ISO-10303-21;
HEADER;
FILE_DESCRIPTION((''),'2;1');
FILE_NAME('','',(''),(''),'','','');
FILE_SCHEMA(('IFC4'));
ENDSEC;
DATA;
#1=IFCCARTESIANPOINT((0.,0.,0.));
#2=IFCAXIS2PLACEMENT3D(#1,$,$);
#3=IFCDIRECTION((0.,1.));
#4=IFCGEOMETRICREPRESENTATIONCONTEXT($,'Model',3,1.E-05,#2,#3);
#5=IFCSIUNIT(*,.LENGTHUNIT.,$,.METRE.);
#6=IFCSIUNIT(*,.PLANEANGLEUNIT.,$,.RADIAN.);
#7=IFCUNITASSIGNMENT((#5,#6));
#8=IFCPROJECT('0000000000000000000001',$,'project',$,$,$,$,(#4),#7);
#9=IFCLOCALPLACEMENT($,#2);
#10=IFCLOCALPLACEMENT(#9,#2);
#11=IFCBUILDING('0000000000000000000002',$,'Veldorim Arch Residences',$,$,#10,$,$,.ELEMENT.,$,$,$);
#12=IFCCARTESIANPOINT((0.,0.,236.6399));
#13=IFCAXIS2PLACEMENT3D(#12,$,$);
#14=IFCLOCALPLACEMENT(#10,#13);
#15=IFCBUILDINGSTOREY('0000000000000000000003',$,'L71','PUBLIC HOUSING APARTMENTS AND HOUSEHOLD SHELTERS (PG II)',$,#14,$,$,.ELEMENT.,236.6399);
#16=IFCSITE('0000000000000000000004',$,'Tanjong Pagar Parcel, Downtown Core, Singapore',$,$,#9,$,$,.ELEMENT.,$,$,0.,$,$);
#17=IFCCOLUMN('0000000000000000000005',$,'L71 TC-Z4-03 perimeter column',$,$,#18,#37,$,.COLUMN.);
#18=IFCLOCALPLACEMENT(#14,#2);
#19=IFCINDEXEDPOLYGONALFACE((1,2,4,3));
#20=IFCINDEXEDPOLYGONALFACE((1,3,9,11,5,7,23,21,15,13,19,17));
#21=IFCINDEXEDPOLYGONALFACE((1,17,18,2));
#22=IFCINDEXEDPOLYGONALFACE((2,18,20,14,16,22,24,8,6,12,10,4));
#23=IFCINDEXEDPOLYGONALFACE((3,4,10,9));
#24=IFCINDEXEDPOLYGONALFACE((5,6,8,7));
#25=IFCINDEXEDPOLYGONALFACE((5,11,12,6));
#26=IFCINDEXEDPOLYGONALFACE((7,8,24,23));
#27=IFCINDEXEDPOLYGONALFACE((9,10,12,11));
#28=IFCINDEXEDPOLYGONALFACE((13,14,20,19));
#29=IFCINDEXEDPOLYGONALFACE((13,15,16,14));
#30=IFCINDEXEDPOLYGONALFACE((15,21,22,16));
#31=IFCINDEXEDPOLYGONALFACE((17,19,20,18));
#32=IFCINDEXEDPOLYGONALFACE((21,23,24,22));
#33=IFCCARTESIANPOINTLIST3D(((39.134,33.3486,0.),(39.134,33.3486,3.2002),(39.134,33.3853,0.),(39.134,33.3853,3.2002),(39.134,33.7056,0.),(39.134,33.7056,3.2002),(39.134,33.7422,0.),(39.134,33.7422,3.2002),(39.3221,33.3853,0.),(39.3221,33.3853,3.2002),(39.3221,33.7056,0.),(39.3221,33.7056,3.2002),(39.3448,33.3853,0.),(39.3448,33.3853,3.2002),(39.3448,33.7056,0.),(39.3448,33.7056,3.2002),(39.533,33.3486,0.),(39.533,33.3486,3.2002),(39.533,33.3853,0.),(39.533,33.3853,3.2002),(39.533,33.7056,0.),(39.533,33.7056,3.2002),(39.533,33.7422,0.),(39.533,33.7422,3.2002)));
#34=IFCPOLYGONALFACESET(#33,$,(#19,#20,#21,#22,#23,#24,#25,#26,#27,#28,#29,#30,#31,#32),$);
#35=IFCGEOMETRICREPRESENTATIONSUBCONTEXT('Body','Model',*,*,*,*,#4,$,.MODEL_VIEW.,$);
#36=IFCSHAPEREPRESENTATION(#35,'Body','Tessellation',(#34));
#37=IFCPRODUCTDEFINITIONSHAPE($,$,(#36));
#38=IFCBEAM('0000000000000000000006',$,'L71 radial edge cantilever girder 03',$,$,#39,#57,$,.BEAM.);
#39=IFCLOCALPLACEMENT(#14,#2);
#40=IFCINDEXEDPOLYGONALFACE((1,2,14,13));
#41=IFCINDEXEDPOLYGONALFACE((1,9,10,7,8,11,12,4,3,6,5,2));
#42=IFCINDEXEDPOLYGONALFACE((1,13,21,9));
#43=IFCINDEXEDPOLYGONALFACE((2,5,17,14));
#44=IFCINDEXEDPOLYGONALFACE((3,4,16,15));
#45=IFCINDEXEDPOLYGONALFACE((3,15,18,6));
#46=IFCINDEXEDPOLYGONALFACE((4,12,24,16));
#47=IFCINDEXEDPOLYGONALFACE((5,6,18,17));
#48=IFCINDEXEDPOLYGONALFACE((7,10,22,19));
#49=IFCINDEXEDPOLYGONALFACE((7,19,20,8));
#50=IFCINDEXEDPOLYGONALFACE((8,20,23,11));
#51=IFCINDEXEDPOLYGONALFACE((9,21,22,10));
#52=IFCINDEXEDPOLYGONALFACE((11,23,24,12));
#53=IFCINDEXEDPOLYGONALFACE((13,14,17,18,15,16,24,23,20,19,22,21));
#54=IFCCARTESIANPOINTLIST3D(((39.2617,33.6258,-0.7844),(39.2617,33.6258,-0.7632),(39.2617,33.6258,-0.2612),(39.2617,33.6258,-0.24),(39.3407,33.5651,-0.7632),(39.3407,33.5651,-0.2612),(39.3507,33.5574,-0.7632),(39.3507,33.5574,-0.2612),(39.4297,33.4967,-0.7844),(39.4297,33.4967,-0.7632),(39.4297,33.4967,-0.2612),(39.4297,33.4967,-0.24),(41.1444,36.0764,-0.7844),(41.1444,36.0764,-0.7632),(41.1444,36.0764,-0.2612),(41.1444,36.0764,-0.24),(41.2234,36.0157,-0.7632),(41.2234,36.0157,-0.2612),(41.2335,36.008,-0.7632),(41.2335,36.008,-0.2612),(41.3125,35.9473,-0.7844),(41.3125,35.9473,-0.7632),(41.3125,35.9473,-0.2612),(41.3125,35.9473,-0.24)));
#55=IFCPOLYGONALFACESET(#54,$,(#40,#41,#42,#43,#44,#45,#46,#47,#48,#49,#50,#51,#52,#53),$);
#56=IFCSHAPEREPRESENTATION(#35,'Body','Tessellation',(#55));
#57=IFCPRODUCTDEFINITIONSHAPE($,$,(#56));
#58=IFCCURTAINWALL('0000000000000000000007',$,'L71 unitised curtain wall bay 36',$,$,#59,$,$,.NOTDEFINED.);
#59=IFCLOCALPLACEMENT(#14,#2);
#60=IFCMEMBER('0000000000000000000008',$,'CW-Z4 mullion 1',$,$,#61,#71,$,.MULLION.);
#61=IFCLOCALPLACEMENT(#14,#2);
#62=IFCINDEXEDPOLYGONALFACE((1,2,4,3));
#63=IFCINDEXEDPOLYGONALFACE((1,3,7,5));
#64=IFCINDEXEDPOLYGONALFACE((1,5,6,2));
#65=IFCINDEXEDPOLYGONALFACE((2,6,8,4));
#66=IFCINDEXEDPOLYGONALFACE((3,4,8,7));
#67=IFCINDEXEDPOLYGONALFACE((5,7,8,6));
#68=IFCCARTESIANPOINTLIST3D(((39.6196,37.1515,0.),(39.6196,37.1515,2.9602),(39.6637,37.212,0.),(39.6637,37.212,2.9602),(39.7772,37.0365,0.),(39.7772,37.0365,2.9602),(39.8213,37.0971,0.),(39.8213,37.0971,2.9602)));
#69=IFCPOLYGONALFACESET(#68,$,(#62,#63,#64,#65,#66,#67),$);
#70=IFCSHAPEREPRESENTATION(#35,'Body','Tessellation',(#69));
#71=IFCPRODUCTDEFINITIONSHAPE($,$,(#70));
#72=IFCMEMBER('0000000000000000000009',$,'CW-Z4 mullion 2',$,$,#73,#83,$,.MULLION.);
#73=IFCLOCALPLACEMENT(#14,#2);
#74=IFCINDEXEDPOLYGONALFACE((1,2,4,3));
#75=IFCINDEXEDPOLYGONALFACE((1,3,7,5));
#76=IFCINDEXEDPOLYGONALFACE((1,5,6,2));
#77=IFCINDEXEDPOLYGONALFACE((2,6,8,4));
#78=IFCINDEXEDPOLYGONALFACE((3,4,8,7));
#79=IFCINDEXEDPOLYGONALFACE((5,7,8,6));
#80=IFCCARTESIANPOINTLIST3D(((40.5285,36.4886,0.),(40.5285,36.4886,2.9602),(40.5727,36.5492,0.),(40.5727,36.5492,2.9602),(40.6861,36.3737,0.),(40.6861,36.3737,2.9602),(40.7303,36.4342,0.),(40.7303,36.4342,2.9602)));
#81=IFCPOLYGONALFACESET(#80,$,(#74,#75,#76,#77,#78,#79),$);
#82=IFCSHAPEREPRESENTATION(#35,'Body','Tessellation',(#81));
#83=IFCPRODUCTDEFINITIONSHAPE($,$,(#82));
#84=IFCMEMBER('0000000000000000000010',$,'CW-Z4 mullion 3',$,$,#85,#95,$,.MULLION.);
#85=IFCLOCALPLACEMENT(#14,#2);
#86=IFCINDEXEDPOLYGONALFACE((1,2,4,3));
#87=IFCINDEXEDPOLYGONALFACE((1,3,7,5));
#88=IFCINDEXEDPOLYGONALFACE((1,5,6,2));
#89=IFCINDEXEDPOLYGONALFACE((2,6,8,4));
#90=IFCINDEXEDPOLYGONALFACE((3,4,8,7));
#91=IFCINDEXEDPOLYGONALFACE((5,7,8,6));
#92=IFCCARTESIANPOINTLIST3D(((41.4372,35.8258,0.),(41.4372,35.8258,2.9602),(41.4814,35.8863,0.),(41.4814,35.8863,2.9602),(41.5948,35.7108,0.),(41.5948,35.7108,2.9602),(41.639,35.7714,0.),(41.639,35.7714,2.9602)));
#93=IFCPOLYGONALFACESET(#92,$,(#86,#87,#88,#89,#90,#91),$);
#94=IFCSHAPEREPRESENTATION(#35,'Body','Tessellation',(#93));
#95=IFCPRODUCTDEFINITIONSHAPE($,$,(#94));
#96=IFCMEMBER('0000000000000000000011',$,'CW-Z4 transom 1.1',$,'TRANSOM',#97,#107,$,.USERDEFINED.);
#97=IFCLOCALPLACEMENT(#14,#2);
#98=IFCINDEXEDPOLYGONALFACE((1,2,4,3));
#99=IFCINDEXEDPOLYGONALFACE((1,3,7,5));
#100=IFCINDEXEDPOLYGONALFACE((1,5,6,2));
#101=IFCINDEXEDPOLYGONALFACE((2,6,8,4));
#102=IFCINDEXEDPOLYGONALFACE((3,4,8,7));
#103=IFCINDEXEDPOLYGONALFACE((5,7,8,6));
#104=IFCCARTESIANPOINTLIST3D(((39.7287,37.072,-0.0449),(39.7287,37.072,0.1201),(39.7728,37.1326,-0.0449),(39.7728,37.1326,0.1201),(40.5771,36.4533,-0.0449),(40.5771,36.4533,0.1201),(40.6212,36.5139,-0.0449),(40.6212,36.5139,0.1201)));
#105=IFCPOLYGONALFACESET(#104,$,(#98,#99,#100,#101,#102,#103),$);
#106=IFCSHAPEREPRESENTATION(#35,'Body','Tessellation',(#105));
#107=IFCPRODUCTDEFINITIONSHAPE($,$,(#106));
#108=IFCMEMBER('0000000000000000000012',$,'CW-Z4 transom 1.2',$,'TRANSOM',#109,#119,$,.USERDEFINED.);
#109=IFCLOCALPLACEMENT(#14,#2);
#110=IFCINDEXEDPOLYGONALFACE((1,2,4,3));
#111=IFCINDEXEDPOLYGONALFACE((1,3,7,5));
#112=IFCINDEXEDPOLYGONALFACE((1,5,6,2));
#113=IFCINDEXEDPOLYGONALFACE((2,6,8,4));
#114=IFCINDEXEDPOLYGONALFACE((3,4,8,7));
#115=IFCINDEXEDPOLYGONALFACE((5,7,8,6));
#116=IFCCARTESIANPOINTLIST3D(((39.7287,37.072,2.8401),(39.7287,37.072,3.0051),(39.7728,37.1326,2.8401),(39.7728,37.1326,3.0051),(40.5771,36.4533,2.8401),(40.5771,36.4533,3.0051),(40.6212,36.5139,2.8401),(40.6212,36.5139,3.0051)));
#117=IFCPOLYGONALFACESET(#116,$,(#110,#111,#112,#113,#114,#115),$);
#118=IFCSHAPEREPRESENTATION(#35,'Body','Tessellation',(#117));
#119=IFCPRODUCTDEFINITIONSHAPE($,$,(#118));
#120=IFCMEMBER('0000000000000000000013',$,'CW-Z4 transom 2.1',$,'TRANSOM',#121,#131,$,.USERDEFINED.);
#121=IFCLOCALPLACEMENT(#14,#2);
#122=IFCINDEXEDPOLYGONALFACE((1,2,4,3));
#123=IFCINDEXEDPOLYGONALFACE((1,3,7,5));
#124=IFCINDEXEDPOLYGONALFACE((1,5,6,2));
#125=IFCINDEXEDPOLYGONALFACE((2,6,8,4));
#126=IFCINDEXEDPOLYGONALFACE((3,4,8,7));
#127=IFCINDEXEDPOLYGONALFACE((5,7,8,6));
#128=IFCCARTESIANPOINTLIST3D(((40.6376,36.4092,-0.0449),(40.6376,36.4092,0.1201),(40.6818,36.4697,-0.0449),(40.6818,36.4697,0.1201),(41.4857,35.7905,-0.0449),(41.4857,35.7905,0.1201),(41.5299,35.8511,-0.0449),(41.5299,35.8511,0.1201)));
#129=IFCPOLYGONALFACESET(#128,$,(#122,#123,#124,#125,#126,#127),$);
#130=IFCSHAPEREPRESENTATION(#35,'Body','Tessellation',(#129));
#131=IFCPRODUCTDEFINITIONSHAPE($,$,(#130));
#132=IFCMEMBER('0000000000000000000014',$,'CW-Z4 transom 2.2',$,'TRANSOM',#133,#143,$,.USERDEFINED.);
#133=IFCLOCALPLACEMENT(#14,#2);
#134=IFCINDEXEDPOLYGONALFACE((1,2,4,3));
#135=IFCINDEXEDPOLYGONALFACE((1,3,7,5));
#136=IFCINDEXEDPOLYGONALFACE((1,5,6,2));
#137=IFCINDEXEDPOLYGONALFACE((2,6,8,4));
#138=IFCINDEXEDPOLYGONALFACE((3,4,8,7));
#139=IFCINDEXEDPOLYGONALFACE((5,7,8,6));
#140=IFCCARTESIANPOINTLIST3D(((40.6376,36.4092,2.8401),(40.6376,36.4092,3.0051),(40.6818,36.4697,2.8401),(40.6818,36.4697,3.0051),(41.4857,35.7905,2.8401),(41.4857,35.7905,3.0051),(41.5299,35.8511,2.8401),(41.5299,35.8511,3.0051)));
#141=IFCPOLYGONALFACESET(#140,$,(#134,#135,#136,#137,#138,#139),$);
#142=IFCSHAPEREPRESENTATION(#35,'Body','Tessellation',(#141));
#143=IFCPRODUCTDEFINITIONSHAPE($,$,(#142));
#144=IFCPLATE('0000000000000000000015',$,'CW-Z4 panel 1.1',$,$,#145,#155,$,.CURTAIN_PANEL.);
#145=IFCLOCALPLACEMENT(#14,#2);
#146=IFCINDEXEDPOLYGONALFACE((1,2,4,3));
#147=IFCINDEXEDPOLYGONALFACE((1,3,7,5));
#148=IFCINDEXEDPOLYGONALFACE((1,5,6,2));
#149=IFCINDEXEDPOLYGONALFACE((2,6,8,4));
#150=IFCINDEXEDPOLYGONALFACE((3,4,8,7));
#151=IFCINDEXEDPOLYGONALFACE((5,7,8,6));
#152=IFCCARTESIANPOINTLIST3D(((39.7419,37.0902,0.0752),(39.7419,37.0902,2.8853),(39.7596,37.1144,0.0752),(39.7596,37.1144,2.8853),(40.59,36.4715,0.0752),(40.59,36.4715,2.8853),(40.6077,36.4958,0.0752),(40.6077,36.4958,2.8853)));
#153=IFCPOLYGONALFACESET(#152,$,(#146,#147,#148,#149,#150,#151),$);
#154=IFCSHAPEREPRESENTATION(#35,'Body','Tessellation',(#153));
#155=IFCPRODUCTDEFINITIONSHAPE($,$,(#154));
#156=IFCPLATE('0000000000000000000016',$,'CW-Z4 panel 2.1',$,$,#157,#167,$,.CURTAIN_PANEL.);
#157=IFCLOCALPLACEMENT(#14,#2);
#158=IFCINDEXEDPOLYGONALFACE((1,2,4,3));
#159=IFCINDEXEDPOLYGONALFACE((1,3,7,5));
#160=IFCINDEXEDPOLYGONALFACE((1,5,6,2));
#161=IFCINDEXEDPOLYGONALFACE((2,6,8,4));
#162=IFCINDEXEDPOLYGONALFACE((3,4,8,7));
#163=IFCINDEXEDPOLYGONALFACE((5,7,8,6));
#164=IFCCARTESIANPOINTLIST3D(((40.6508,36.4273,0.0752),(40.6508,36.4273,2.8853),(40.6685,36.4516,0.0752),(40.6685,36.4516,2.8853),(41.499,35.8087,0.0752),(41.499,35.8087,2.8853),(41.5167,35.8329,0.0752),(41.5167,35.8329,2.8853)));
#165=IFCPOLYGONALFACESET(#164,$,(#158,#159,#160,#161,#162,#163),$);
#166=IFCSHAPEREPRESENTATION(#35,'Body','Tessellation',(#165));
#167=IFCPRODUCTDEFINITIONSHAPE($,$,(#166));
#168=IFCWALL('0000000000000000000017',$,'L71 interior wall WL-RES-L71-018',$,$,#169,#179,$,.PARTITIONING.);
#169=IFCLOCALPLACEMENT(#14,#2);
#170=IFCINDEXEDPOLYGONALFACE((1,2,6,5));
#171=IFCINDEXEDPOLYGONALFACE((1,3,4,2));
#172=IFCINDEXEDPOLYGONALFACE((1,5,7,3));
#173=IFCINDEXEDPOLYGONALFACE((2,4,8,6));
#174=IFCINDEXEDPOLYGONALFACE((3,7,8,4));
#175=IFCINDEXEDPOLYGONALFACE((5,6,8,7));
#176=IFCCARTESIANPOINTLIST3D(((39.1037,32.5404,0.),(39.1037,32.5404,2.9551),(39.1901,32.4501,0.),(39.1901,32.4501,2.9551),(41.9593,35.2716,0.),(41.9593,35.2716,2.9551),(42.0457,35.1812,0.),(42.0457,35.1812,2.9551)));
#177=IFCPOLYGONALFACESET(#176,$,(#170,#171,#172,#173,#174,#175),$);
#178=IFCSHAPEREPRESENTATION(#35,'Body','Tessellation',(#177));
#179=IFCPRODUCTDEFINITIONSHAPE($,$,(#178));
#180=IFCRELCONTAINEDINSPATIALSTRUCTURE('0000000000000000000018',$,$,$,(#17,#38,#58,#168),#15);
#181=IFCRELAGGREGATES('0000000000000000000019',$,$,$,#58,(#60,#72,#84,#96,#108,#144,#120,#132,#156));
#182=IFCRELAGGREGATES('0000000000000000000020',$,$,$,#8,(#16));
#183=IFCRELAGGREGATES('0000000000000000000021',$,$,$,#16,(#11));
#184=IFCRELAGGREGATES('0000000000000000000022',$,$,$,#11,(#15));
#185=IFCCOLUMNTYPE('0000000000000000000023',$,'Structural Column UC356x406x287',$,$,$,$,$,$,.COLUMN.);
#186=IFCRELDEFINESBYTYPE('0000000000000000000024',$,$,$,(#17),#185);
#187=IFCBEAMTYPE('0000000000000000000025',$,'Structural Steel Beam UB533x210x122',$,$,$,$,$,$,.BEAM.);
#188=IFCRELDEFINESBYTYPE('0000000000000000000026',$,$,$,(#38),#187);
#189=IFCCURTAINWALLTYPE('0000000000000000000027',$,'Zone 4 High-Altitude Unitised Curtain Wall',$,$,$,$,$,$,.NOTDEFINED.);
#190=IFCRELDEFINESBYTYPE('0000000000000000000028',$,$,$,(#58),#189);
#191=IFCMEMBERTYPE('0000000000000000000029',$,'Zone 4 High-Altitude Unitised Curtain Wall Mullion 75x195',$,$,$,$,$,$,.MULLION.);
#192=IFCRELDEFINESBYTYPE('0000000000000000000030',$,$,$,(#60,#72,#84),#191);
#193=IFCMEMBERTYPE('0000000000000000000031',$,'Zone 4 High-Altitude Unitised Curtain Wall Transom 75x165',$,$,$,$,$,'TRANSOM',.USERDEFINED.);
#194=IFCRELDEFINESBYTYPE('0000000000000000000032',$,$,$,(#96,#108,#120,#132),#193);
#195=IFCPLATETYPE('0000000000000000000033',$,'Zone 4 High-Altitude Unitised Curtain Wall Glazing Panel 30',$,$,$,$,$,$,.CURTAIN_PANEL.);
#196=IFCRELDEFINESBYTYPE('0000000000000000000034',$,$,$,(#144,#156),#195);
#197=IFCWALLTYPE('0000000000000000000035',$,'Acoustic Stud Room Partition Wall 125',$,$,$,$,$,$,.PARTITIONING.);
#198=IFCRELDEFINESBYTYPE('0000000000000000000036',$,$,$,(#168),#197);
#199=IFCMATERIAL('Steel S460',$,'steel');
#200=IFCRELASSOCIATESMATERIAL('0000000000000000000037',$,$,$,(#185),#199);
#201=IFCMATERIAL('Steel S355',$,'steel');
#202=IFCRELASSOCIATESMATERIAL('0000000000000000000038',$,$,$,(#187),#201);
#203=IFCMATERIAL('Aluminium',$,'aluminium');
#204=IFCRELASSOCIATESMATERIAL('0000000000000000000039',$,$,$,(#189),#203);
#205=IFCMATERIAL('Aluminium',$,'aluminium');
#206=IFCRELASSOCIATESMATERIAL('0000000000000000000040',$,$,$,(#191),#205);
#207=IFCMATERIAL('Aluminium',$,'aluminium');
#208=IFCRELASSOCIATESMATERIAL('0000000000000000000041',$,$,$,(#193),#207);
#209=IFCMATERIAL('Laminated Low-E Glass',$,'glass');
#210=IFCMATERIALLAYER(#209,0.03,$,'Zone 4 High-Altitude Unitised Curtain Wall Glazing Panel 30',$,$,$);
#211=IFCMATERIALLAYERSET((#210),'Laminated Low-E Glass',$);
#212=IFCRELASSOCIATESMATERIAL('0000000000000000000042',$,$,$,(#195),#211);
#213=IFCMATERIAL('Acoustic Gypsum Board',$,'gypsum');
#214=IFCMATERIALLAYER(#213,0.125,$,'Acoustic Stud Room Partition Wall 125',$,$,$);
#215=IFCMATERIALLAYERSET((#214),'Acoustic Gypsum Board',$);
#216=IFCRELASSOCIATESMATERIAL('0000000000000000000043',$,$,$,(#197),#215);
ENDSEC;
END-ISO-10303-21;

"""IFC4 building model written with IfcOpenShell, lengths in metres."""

from ifc_helpers import new_model, si_unit, direction, frame, frame_2d, origin, origin_2d, place, context, subcontext, project, spatial, rectangle, i_section, extrude, material, layer, layer_set, material_profile, profile_set, type_object, element, aggregate, save


model = new_model("IFC4")

# Units and contexts
model_context = context("Model", 3, precision=1e-05, world=origin(), true_north=direction((0.0, 1.0)))
body_context = subcontext(model_context, "Body", "Model", "MODEL_VIEW")
ifc_project = project(units=[si_unit("LENGTHUNIT", "METRE"), si_unit("PLANEANGLEUNIT", "RADIAN")], contexts=[model_context])

# Site, building, storey
site_placement = place(None, origin())
site = spatial("IfcSite", under=ifc_project, at=site_placement, Name="Tanjong Pagar Parcel, Downtown Core, Singapore", CompositionType="ELEMENT", RefElevation=0.0)
building_placement = place(site_placement, origin())
building = spatial("IfcBuilding", under=site, at=building_placement, Name="Veldorim Arch Residences", CompositionType="ELEMENT")
storey_placement = place(building_placement, frame((0.0, 0.0, 236.6399)))
storey = spatial("IfcBuildingStorey", under=building, at=storey_placement, Name="L71", Description="PUBLIC HOUSING APARTMENTS AND HOUSEHOLD SHELTERS (PG II)", CompositionType="ELEMENT", Elevation=236.6399)

# Column
ifc_material_1 = material(Name="Steel S460", Category="steel")
ifc_material_profile_1 = material_profile(ifc_material_1, i_section(OverallWidth=0.3989, OverallDepth=0.3936, WebThickness=0.0227, FlangeThickness=0.0366, at=origin_2d()), Name="UC356x406x287")
ifc_profile_set_1 = profile_set([ifc_material_profile_1], Name="Steel S460")
column_type = type_object("IfcColumnType", Name="Structural Column UC356x406x287", PredefinedType="COLUMN", material=ifc_profile_set_1)
column_placement = place(storey_placement, frame((39.3335, 33.5454, 0.0), z_axis=(0.0, 0.0, 1.0), x_axis=(1.0, 0.0, 0.0)))
element("IfcColumn", 1, at=column_placement, inside=storey, type_object=column_type, Name="L71 TC-Z4-03 perimeter column", PredefinedType="COLUMN", context=body_context, shape_type="SweptSolid", body=[
    extrude(i_section(OverallWidth=0.3989, OverallDepth=0.3936, WebThickness=0.0227, FlangeThickness=0.0366, at=origin_2d()), origin(), (0.0, 0.0, 1.0), 3.2002),
])

# Beam
ifc_material_2 = material(Name="Steel S355", Category="steel")
ifc_material_profile_2 = material_profile(ifc_material_2, i_section(OverallWidth=0.2119, OverallDepth=0.5444, WebThickness=0.0127, FlangeThickness=0.0212, at=origin_2d()), Name="UB533x210x122")
ifc_profile_set_2 = profile_set([ifc_material_profile_2], Name="Steel S355")
beam_type = type_object("IfcBeamType", Name="Structural Steel Beam UB533x210x122", PredefinedType="BEAM", material=ifc_profile_set_2)
beam_placement = place(storey_placement, frame((39.3457, 33.5613, -0.5122), z_axis=(0.609237, 0.792988, 0.0), x_axis=(-0.792988, 0.609237, 0.0)))
element("IfcBeam", 2, at=beam_placement, inside=storey, type_object=beam_type, Name="L71 radial edge cantilever girder 03", PredefinedType="BEAM", context=body_context, shape_type="SweptSolid", body=[
    extrude(i_section(OverallWidth=0.2119, OverallDepth=0.5444, WebThickness=0.0127, FlangeThickness=0.0212, at=origin_2d()), origin(), (0.0, 0.0, 1.0), 3.0903),
])

# Curtain wall, members, plates
ifc_material_3 = material(Name="Aluminium", Category="aluminium")
curtain_wall_type = type_object("IfcCurtainWallType", Name="Zone 4 High-Altitude Unitised Curtain Wall", PredefinedType="NOTDEFINED", material=ifc_material_3)
curtain_wall_placement = place(storey_placement, origin())
curtain_wall = element("IfcCurtainWall", 3, at=curtain_wall_placement, inside=storey, type_object=curtain_wall_type, Name="L71 unitised curtain wall bay 36", PredefinedType="NOTDEFINED")
ifc_material_4 = material(Name="Aluminium", Category="aluminium")
ifc_material_profile_3 = material_profile(ifc_material_4, rectangle(XDim=0.075, YDim=0.1951, at=origin_2d()), Name="ALU_MUL_75x195")
ifc_profile_set_3 = profile_set([ifc_material_profile_3], Name="Aluminium")
member_type_1 = type_object("IfcMemberType", Name="Zone 4 High-Altitude Unitised Curtain Wall Mullion 75x195", PredefinedType="MULLION", material=ifc_profile_set_3)
member_1_placement = place(storey_placement, frame((39.7205, 37.1243, 0.0), z_axis=(0.0, 0.0, 1.0), x_axis=(0.589279, 0.80793, 0.0)))
member_1 = element("IfcMember", 4, at=member_1_placement, type_object=member_type_1, Name="CW-Z4 mullion 1", PredefinedType="MULLION", context=body_context, shape_type="SweptSolid", body=[
    extrude(rectangle(XDim=0.075, YDim=0.1951, at=origin_2d()), origin(), (0.0, 0.0, 1.0), 2.9602),
])
member_2_placement = place(storey_placement, frame((40.6294, 36.4614, 0.0), z_axis=(0.0, 0.0, 1.0), x_axis=(0.589279, 0.80793, 0.0)))
member_2 = element("IfcMember", 5, at=member_2_placement, type_object=member_type_1, Name="CW-Z4 mullion 2", PredefinedType="MULLION", context=body_context, shape_type="SweptSolid", body=[
    extrude(rectangle(XDim=0.075, YDim=0.1951, at=origin_2d()), origin(), (0.0, 0.0, 1.0), 2.9602),
])
member_3_placement = place(storey_placement, frame((41.5381, 35.7986, 0.0), z_axis=(0.0, 0.0, 1.0), x_axis=(0.589279, 0.80793, 0.0)))
member_3 = element("IfcMember", 6, at=member_3_placement, type_object=member_type_1, Name="CW-Z4 mullion 3", PredefinedType="MULLION", context=body_context, shape_type="SweptSolid", body=[
    extrude(rectangle(XDim=0.075, YDim=0.1951, at=origin_2d()), origin(), (0.0, 0.0, 1.0), 2.9602),
])
ifc_material_5 = material(Name="Aluminium", Category="aluminium")
ifc_material_profile_4 = material_profile(ifc_material_5, rectangle(XDim=0.075, YDim=0.165, at=origin_2d()), Name="ALU_TRN_75x165")
ifc_profile_set_4 = profile_set([ifc_material_profile_4], Name="Aluminium")
member_type_2 = type_object("IfcMemberType", Name="Zone 4 High-Altitude Unitised Curtain Wall Transom 75x165", ElementType="TRANSOM", PredefinedType="USERDEFINED", material=ifc_profile_set_4)
member_4_placement = place(storey_placement, frame((39.7507, 37.1023, 0.0376), z_axis=(0.807991, -0.589194, 0.0), x_axis=(0.589194, 0.807991, 0.0)))
member_4 = element("IfcMember", 7, at=member_4_placement, type_object=member_type_2, Name="CW-Z4 transom 1.1", ObjectType="TRANSOM", PredefinedType="USERDEFINED", context=body_context, shape_type="SweptSolid", body=[
    extrude(rectangle(XDim=0.075, YDim=0.165, at=origin_2d()), origin(), (0.0, 0.0, 1.0), 1.05),
])
member_5_placement = place(storey_placement, frame((39.7507, 37.1023, 2.9226), z_axis=(0.807991, -0.589194, 0.0), x_axis=(0.589194, 0.807991, 0.0)))
member_5 = element("IfcMember", 8, at=member_5_placement, type_object=member_type_2, Name="CW-Z4 transom 1.2", ObjectType="TRANSOM", PredefinedType="USERDEFINED", context=body_context, shape_type="SweptSolid", body=[
    extrude(rectangle(XDim=0.075, YDim=0.165, at=origin_2d()), origin(), (0.0, 0.0, 1.0), 1.05),
])
member_6_placement = place(storey_placement, frame((40.6597, 36.4395, 0.0376), z_axis=(0.807911, -0.589305, 0.0), x_axis=(0.589305, 0.807911, 0.0)))
member_6 = element("IfcMember", 9, at=member_6_placement, type_object=member_type_2, Name="CW-Z4 transom 2.1", ObjectType="TRANSOM", PredefinedType="USERDEFINED", context=body_context, shape_type="SweptSolid", body=[
    extrude(rectangle(XDim=0.075, YDim=0.165, at=origin_2d()), origin(), (0.0, 0.0, 1.0), 1.0498),
])
member_7_placement = place(storey_placement, frame((40.6597, 36.4395, 2.9226), z_axis=(0.807911, -0.589305, 0.0), x_axis=(0.589305, 0.807911, 0.0)))
member_7 = element("IfcMember", 10, at=member_7_placement, type_object=member_type_2, Name="CW-Z4 transom 2.2", ObjectType="TRANSOM", PredefinedType="USERDEFINED", context=body_context, shape_type="SweptSolid", body=[
    extrude(rectangle(XDim=0.075, YDim=0.165, at=origin_2d()), origin(), (0.0, 0.0, 1.0), 1.0498),
])
ifc_material_6 = material(Name="Laminated Low-E Glass", Category="glass")
ifc_layer_1 = layer(ifc_material_6, 0.03, Name="Zone 4 High-Altitude Unitised Curtain Wall Glazing Panel 30")
ifc_layer_set_1 = layer_set([ifc_layer_1], Name="Laminated Low-E Glass")
plate_type = type_object("IfcPlateType", Name="Zone 4 High-Altitude Unitised Curtain Wall Glazing Panel 30", PredefinedType="CURTAIN_PANEL", material=ifc_layer_set_1)
plate_1_placement = place(storey_placement, frame((40.1748, 36.793, 0.0752), z_axis=(0.0, 0.0, 1.0), x_axis=(0.80793, -0.589279, 0.0)))
plate_1 = element("IfcPlate", 11, at=plate_1_placement, type_object=plate_type, Name="CW-Z4 panel 1.1", PredefinedType="CURTAIN_PANEL", context=body_context, shape_type="SweptSolid", body=[
    extrude(rectangle(XDim=1.0498, YDim=0.03, at=origin_2d()), origin(), (0.0, 0.0, 1.0), 2.8101),
])
plate_2_placement = place(storey_placement, frame((41.0837, 36.1301, 0.0752), z_axis=(0.0, 0.0, 1.0), x_axis=(0.80793, -0.589279, 0.0)))
plate_2 = element("IfcPlate", 12, at=plate_2_placement, type_object=plate_type, Name="CW-Z4 panel 2.1", PredefinedType="CURTAIN_PANEL", context=body_context, shape_type="SweptSolid", body=[
    extrude(rectangle(XDim=1.0498, YDim=0.03, at=origin_2d()), origin(), (0.0, 0.0, 1.0), 2.8101),
])
aggregate(curtain_wall, [member_1, member_2, member_3, member_4, member_5, plate_1, member_6, member_7, plate_2])

# Wall
ifc_material_7 = material(Name="Acoustic Gypsum Board", Category="gypsum")
ifc_layer_2 = layer(ifc_material_7, 0.125, Name="Acoustic Stud Room Partition Wall 125")
ifc_layer_set_2 = layer_set([ifc_layer_2], Name="Acoustic Gypsum Board")
wall_type_1 = type_object("IfcWallType", Name="Acoustic Stud Room Partition Wall 125", PredefinedType="PARTITIONING", material=ifc_layer_set_2)
wall_1_placement = place(storey_placement, frame((42.0024, 35.2263, 0.0), z_axis=(0.0, 0.0, 1.0), x_axis=(-0.722686, -0.691176, 0.0)))
element("IfcWall", 13, at=wall_1_placement, inside=storey, type_object=wall_type_1, Name="L71 interior wall WL-RES-L71-018", PredefinedType="PARTITIONING", context=body_context, shape_type="SweptSolid", body=[
    extrude(rectangle(XDim=3.9514, YDim=0.125, at=frame_2d((1.9756, 0.0))), origin(), (0.0, 0.0, 1.0), 2.9551),
])

save(model, "model.ifc")
